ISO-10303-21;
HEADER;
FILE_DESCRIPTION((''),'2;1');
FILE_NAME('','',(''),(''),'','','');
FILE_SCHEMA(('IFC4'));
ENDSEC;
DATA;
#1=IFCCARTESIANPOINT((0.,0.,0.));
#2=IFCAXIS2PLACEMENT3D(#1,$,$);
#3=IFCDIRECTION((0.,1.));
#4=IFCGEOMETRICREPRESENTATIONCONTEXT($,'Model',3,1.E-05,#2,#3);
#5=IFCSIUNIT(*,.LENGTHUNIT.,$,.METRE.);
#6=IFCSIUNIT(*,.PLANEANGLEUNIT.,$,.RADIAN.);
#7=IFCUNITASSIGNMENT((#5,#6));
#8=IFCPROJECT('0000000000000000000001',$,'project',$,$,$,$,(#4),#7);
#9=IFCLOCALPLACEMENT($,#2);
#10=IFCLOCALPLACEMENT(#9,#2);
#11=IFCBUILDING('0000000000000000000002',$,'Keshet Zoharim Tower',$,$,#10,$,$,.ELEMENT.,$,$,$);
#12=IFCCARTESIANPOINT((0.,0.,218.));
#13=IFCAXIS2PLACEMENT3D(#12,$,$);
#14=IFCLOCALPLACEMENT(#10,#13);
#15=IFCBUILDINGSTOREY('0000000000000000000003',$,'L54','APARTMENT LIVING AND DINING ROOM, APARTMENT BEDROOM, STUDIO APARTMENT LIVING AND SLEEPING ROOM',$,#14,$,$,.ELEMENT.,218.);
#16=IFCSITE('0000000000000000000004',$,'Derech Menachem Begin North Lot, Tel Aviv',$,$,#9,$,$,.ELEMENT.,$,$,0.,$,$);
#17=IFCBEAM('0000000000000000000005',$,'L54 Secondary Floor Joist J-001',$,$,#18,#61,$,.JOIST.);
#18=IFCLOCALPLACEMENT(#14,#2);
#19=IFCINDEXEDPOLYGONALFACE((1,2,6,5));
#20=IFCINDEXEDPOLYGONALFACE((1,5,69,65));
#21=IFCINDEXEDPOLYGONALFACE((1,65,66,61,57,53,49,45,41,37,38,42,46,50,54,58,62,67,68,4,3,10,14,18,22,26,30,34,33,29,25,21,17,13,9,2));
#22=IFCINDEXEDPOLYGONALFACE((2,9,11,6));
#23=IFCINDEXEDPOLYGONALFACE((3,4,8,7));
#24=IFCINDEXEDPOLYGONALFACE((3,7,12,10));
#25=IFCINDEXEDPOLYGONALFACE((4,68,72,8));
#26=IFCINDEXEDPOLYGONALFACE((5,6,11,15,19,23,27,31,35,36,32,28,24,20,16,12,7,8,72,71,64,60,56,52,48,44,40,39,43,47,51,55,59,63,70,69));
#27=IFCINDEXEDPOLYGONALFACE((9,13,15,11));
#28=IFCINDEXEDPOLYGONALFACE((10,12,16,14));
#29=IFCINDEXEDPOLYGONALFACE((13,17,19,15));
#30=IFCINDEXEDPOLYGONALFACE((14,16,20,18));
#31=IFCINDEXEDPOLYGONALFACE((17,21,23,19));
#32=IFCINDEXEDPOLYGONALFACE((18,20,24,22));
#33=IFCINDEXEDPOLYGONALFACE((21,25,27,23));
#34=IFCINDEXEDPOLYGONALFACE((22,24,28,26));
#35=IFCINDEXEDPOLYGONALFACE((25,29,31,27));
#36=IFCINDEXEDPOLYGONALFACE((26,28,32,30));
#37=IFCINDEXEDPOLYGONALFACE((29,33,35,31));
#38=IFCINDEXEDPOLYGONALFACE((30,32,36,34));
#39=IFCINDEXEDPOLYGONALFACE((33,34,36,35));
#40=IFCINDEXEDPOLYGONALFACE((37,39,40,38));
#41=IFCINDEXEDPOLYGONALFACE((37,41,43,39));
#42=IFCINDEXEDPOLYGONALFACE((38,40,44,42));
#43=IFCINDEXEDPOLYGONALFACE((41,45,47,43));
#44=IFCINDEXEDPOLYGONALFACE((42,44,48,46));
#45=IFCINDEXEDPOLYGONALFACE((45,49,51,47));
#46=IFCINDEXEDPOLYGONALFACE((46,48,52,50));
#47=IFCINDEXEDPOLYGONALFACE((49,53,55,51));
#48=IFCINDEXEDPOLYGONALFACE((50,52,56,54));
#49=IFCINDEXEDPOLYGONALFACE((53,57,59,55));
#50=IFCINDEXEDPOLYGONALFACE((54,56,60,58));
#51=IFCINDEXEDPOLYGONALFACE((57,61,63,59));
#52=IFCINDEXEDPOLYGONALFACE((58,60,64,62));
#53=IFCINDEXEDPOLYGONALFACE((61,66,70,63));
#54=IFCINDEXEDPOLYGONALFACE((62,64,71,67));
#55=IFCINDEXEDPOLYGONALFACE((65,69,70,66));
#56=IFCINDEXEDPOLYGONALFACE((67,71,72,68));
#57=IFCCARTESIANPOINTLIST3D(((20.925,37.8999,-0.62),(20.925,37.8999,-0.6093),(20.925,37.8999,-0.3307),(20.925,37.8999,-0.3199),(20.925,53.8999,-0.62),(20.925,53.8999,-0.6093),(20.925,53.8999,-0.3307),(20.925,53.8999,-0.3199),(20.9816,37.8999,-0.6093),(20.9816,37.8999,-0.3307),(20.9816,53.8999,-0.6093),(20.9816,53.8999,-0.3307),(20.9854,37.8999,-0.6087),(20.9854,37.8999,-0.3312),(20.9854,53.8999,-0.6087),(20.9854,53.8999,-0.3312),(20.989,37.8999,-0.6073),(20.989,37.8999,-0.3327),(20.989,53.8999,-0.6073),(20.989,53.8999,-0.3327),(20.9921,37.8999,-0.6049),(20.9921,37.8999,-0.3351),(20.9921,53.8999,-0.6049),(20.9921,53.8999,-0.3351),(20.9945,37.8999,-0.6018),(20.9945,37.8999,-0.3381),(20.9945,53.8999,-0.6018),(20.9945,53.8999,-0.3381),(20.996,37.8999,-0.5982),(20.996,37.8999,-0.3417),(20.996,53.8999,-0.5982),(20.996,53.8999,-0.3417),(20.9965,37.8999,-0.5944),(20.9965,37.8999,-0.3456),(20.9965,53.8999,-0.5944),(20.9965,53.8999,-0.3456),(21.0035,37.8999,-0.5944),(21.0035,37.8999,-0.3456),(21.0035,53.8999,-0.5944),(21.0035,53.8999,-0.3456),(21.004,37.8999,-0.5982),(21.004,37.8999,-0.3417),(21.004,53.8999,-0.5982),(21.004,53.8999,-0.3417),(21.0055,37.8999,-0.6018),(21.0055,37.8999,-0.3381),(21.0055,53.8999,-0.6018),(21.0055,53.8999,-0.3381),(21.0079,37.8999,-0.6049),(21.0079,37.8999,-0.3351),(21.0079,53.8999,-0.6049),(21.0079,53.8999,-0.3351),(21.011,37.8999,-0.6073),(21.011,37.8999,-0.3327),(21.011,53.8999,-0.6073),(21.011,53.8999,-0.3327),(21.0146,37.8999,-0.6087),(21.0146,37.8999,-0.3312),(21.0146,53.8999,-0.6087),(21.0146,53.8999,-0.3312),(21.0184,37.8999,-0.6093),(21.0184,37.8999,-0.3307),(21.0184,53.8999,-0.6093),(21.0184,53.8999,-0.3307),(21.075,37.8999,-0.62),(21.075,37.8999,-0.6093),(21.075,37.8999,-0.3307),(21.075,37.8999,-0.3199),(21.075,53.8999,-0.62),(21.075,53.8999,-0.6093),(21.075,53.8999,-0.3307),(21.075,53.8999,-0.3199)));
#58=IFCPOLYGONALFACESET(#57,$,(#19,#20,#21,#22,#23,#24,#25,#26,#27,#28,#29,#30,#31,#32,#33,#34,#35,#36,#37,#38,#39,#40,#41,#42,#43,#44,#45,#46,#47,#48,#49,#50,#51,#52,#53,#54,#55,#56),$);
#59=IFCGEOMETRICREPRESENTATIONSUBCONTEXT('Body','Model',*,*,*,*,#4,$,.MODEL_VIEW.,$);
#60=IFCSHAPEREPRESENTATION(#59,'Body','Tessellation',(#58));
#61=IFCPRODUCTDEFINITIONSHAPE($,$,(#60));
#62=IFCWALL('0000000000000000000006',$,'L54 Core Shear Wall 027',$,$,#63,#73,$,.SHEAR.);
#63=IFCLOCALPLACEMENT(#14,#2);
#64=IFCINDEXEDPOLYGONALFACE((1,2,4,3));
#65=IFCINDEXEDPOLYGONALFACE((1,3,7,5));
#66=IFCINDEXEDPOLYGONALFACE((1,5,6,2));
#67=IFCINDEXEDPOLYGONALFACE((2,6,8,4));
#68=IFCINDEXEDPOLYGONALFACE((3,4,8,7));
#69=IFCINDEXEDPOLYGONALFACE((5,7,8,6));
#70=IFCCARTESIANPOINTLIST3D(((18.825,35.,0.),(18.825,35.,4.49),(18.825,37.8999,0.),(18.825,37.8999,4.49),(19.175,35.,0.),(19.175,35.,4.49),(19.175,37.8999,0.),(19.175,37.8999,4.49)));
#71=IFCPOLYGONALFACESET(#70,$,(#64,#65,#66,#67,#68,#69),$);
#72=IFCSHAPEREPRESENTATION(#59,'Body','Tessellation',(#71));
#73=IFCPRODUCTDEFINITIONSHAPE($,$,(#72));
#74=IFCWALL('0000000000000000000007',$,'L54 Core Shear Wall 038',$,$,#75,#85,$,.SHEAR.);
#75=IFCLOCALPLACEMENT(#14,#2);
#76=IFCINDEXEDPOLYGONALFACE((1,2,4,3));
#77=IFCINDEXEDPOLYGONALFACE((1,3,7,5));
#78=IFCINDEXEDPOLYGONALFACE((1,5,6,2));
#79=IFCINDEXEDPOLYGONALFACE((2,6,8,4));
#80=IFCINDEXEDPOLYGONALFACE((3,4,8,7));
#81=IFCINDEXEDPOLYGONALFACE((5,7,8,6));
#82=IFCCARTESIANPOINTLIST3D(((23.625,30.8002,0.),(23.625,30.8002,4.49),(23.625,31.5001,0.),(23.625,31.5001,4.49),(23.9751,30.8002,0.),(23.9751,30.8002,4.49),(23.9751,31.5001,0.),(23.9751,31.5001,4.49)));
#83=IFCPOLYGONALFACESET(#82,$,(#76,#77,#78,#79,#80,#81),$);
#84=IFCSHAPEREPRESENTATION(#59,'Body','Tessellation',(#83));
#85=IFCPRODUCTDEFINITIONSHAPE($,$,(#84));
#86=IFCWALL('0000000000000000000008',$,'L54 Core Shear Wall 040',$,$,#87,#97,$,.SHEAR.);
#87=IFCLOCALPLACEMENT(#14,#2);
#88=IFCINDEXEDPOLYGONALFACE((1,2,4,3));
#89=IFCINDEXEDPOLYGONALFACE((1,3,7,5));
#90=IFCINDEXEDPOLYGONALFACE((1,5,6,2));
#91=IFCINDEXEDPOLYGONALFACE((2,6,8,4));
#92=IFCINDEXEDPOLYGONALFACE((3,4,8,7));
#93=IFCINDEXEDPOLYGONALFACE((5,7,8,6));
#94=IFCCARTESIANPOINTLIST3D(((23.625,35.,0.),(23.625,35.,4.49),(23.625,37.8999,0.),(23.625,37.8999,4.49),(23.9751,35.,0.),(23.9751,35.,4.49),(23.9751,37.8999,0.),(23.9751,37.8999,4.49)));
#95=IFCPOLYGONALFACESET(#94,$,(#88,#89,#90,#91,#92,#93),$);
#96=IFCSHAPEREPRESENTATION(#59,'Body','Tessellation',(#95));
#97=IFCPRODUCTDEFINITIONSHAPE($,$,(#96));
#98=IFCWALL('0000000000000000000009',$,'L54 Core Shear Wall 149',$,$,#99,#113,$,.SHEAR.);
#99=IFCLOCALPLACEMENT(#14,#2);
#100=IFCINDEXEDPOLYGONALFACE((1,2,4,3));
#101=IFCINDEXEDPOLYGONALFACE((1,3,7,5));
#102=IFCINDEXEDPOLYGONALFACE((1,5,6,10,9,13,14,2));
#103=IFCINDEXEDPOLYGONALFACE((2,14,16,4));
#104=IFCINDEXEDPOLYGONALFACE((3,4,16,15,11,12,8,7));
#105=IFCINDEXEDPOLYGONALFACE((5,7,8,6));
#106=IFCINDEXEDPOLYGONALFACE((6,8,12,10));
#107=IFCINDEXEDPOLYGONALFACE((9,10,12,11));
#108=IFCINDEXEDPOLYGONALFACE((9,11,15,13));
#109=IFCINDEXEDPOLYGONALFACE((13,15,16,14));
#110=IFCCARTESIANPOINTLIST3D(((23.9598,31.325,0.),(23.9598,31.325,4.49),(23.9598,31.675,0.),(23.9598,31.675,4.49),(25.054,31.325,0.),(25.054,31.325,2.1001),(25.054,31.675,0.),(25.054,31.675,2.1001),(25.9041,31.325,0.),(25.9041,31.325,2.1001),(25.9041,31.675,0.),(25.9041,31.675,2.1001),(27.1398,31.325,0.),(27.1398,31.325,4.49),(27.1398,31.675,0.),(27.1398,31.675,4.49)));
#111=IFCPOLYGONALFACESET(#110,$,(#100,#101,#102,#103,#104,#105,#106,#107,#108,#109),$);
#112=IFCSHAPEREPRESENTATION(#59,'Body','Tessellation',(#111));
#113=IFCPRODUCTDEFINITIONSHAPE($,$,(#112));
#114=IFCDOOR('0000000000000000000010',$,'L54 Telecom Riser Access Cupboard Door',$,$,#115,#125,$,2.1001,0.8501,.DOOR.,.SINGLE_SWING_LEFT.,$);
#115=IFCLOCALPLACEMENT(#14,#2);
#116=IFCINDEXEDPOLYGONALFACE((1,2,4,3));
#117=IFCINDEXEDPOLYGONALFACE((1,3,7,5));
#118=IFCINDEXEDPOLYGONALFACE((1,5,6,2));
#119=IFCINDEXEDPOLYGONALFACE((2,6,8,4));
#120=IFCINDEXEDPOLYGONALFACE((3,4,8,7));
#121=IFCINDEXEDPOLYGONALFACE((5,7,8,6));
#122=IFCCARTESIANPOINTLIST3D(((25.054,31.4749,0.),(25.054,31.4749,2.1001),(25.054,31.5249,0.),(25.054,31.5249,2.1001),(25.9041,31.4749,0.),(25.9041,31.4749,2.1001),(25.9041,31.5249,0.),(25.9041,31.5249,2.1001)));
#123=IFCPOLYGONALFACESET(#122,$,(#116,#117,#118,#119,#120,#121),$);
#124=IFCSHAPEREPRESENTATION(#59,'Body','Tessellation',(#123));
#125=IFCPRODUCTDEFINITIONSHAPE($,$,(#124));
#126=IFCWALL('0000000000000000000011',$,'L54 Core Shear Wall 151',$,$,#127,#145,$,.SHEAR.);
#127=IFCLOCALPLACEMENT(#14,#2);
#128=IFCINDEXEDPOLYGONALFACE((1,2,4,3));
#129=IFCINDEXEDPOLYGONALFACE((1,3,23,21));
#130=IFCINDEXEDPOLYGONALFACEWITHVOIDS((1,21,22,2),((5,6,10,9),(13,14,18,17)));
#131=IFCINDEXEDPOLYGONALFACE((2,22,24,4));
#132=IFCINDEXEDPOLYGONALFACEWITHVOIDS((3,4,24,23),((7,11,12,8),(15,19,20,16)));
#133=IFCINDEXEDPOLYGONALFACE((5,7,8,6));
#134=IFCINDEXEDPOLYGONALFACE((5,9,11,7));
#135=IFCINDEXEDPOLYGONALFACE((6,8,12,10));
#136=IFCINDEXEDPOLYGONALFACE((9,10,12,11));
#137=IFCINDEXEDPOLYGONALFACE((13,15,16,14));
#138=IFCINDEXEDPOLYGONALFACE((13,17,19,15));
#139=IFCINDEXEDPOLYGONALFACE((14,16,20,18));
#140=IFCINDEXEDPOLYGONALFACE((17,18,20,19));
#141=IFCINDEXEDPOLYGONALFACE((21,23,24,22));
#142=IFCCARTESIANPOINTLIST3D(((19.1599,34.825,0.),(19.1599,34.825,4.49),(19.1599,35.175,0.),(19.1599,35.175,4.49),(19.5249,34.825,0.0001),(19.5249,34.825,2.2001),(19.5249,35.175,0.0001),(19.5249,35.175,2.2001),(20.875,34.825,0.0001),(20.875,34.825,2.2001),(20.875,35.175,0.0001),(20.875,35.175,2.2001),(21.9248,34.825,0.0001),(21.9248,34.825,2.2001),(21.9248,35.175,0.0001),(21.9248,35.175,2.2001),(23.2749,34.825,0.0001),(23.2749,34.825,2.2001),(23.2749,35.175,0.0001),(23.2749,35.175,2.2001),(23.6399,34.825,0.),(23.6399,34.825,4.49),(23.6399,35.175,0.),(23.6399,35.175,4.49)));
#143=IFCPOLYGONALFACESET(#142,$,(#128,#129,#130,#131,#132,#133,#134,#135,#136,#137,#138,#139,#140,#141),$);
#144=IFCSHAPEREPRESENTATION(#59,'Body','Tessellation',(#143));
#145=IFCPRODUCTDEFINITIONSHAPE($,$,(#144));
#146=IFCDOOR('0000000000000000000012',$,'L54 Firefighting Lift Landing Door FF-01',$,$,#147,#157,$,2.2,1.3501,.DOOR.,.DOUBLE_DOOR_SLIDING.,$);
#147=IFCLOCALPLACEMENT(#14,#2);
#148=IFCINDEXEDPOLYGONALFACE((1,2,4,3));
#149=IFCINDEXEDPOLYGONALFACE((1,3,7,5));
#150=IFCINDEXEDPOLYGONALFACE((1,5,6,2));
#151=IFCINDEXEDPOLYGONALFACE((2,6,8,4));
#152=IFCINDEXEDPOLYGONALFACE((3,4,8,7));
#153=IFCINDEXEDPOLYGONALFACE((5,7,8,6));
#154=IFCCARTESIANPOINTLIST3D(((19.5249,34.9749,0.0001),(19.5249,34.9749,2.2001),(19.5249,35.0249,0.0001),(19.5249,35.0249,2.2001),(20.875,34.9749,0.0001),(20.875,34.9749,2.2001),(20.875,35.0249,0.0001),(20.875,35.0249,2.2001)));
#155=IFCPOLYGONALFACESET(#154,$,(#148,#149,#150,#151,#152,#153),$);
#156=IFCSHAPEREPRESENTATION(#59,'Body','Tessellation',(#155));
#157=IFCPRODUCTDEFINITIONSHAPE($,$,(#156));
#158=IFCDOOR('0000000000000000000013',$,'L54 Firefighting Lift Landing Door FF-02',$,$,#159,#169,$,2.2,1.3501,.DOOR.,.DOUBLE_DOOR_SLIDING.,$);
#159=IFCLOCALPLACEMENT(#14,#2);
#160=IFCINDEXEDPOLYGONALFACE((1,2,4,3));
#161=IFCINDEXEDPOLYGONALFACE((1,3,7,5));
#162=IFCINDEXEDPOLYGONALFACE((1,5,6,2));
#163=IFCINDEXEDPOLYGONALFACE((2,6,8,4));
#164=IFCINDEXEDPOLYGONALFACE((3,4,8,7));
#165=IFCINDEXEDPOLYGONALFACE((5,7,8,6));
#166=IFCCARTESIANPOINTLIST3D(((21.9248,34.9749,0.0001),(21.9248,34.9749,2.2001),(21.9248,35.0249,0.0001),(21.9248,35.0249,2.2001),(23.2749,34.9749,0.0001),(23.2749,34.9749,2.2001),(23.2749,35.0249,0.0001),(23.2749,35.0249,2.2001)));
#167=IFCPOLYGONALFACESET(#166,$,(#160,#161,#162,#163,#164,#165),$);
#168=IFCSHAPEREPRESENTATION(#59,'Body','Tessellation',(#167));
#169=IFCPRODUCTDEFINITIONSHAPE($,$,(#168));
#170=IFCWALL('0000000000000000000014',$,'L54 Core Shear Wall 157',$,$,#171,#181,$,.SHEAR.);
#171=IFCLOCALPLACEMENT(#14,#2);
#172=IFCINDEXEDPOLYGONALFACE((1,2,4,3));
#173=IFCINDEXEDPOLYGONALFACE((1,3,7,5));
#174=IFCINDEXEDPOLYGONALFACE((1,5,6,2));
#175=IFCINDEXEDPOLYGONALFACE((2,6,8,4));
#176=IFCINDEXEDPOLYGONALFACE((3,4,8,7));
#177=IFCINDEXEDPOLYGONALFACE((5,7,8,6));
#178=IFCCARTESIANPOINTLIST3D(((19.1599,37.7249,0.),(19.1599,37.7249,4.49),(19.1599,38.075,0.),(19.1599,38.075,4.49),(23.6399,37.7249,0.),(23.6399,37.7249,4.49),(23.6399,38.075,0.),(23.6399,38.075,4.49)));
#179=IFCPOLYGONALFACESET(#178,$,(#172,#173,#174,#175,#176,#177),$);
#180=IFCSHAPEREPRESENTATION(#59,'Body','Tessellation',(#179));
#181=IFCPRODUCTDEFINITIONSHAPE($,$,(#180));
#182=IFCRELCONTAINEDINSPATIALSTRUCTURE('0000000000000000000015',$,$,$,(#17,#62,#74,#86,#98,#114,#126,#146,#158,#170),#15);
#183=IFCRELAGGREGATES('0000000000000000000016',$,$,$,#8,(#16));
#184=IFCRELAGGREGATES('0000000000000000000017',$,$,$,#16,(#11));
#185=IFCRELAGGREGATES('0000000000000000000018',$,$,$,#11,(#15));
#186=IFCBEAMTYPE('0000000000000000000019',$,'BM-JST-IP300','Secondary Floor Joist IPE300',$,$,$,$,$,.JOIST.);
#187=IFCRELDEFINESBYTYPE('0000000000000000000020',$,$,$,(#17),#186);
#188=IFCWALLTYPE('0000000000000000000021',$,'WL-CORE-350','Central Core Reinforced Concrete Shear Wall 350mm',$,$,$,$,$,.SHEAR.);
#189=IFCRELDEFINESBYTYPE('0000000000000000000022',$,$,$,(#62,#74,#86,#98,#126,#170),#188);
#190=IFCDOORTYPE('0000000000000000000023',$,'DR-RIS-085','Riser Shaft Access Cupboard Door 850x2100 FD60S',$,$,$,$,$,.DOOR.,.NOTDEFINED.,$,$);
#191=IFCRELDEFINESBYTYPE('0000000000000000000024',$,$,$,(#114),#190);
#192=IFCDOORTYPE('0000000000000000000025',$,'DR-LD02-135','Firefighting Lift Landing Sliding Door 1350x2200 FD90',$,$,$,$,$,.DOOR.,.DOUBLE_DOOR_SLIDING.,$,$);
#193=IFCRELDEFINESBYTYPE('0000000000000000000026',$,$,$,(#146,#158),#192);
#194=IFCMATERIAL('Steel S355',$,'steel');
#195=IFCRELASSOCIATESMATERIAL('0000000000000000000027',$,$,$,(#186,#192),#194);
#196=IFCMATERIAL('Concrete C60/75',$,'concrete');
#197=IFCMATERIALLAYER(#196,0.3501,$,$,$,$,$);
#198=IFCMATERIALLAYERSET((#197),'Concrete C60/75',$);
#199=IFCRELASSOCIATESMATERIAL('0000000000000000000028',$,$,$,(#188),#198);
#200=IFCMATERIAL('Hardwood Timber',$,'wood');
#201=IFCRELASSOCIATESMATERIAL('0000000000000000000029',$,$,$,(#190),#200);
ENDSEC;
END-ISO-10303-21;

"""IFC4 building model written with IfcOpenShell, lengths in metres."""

from ifc_helpers import new_model, si_unit, direction, frame, frame_2d, origin, origin_2d, place, context, subcontext, project, spatial, rectangle, i_section, extrude, material, layer, layer_set, material_profile, profile_set, type_object, element, fill, save


model = new_model("IFC4")

# Units and contexts
model_context = context("Model", 3, precision=1e-05, world=origin(), true_north=direction((0.0, 1.0)))
body_context = subcontext(model_context, "Body", "Model", "MODEL_VIEW")
ifc_project = project(units=[si_unit("LENGTHUNIT", "METRE"), si_unit("PLANEANGLEUNIT", "RADIAN")], contexts=[model_context])

# Site, building, storey
site_placement = place(None, origin())
site = spatial("IfcSite", under=ifc_project, at=site_placement, Name="Derech Menachem Begin North Lot, Tel Aviv", CompositionType="ELEMENT", RefElevation=0.0)
building_placement = place(site_placement, origin())
building = spatial("IfcBuilding", under=site, at=building_placement, Name="Keshet Zoharim Tower", CompositionType="ELEMENT")
storey_placement = place(building_placement, frame((0.0, 0.0, 218.0)))
storey = spatial("IfcBuildingStorey", under=building, at=storey_placement, Name="L54", Description="APARTMENT LIVING AND DINING ROOM, APARTMENT BEDROOM, STUDIO APARTMENT LIVING AND SLEEPING ROOM", CompositionType="ELEMENT", Elevation=218.0)

# Beam
ifc_material_1 = material(Name="Steel S355", Category="steel")
ifc_material_profile = material_profile(ifc_material_1, i_section(OverallWidth=0.1499, OverallDepth=0.3, WebThickness=0.0071, FlangeThickness=0.0107, FilletRadius=0.0149, at=origin_2d()), Name="IPE300")
ifc_profile_set = profile_set([ifc_material_profile], Name="Steel S355")
beam_type = type_object("IfcBeamType", Name="BM-JST-IP300", Description="Secondary Floor Joist IPE300", PredefinedType="JOIST", material=ifc_profile_set)
beam_placement = place(storey_placement, frame((21.0, 37.8999, -0.47), z_axis=(0.0, 1.0, 0.0), x_axis=(-1.0, 0.0, 0.0)))
element("IfcBeam", 1, at=beam_placement, inside=storey, type_object=beam_type, Name="L54 Secondary Floor Joist J-001", PredefinedType="JOIST", context=body_context, shape_type="SweptSolid", body=[
    extrude(i_section(OverallWidth=0.1499, OverallDepth=0.3, WebThickness=0.0071, FlangeThickness=0.0107, FilletRadius=0.0149, at=origin_2d()), origin(), (0.0, 0.0, 1.0), 16.0),
])

# Walls
ifc_material_2 = material(Name="Concrete C60/75", Category="concrete")
ifc_layer_1 = layer(ifc_material_2, 0.3501)
ifc_layer_set_1 = layer_set([ifc_layer_1], Name="Concrete C60/75")
wall_type_1 = type_object("IfcWallType", Name="WL-CORE-350", Description="Central Core Reinforced Concrete Shear Wall 350mm", PredefinedType="SHEAR", material=ifc_layer_set_1)
wall_1_placement = place(storey_placement, frame((19.0, 35.0, 0.0), z_axis=(0.0, 0.0, 1.0), x_axis=(0.0, 1.0, 0.0)))
element("IfcWall", 2, at=wall_1_placement, inside=storey, type_object=wall_type_1, Name="L54 Core Shear Wall 027", PredefinedType="SHEAR", context=body_context, shape_type="SweptSolid", body=[
    extrude(rectangle(XDim=2.8999, YDim=0.3501, at=frame_2d((1.45, 0.0))), origin(), (0.0, 0.0, 1.0), 4.49),
])
wall_2_placement = place(storey_placement, frame((23.8, 30.8, 0.0), z_axis=(0.0, 0.0, 1.0), x_axis=(0.0, 1.0, 0.0)))
element("IfcWall", 3, at=wall_2_placement, inside=storey, type_object=wall_type_1, Name="L54 Core Shear Wall 038", PredefinedType="SHEAR", context=body_context, shape_type="SweptSolid", body=[
    extrude(rectangle(XDim=0.7, YDim=0.3501, at=frame_2d((0.3501, 0.0))), origin(), (0.0, 0.0, 1.0), 4.49),
])

# Shared definitions
ifc_material_3 = material(Name="Hardwood Timber", Category="wood")

# Wall
wall_3_placement = place(storey_placement, frame((23.8, 35.0, 0.0), z_axis=(0.0, 0.0, 1.0), x_axis=(0.0, 1.0, 0.0)))
element("IfcWall", 4, at=wall_3_placement, inside=storey, type_object=wall_type_1, Name="L54 Core Shear Wall 040", PredefinedType="SHEAR", context=body_context, shape_type="SweptSolid", body=[
    extrude(rectangle(XDim=2.8999, YDim=0.3501, at=frame_2d((1.45, 0.0))), origin(), (0.0, 0.0, 1.0), 4.49),
])

# Wall, opening, door
wall_4_placement = place(storey_placement, frame((23.96, 31.5, 0.0), z_axis=(0.0, 0.0, 1.0), x_axis=(1.0, 0.0, 0.0)))
wall_4 = element("IfcWall", 5, at=wall_4_placement, inside=storey, type_object=wall_type_1, Name="L54 Core Shear Wall 149", PredefinedType="SHEAR", context=body_context, shape_type="SweptSolid", body=[
    extrude(rectangle(XDim=3.1799, YDim=0.3501, at=frame_2d((1.5898, 0.0))), origin(), (0.0, 0.0, 1.0), 4.49),
])
opening_1_placement = place(wall_4_placement, frame((1.094, 0.0, 0.0)))
opening_1 = element("IfcOpeningElement", 6, at=opening_1_placement, cuts=wall_4, PredefinedType="OPENING", context=body_context, shape_type="SweptSolid", body=[
    extrude(rectangle(XDim=0.8501, YDim=2.1001, at=frame_2d((0.425, 1.05))), frame((0.0, 0.1851, 0.0), z_axis=(0.0, -1.0, 0.0), x_axis=(1.0, 0.0, 0.0)), (0.0, 0.0, 1.0), 0.3701),
])
door_type_1 = type_object("IfcDoorType", Name="DR-RIS-085", Description="Riser Shaft Access Cupboard Door 850x2100 FD60S", OperationType="NOTDEFINED", PredefinedType="DOOR", material=ifc_material_3)
door_1_placement = place(opening_1_placement, origin())
door_1 = element("IfcDoor", 7, at=door_1_placement, inside=storey, type_object=door_type_1, Name="L54 Telecom Riser Access Cupboard Door", OperationType="SINGLE_SWING_LEFT", OverallHeight=2.1001, OverallWidth=0.8501, PredefinedType="DOOR", context=body_context, shape_type="SweptSolid", body=[
    extrude(rectangle(XDim=0.8501, YDim=2.1001, at=frame_2d((0.425, 1.05))), frame((0.0, 0.0249, 0.0), z_axis=(0.0, -1.0, 0.0), x_axis=(1.0, 0.0, 0.0)), (0.0, 0.0, 1.0), 0.05),
])
fill(opening_1, door_1)

# Wall, openings, doors
wall_5_placement = place(storey_placement, frame((19.1599, 35.0, 0.0), z_axis=(0.0, 0.0, 1.0), x_axis=(1.0, 0.0, 0.0)))
wall_5 = element("IfcWall", 8, at=wall_5_placement, inside=storey, type_object=wall_type_1, Name="L54 Core Shear Wall 151", PredefinedType="SHEAR", context=body_context, shape_type="SweptSolid", body=[
    extrude(rectangle(XDim=4.48, YDim=0.3501, at=frame_2d((2.24, 0.0))), origin(), (0.0, 0.0, 1.0), 4.49),
])
opening_2_placement = place(wall_5_placement, frame((0.365, 0.0, 0.0)))
opening_2 = element("IfcOpeningElement", 9, at=opening_2_placement, cuts=wall_5, PredefinedType="OPENING", context=body_context, shape_type="SweptSolid", body=[
    extrude(rectangle(XDim=1.3501, YDim=2.2, at=frame_2d((0.675, 1.1001))), frame((0.0, 0.1851, 0.0), z_axis=(0.0, -1.0, 0.0), x_axis=(1.0, 0.0, 0.0)), (0.0, 0.0, 1.0), 0.3701),
])
opening_3_placement = place(wall_5_placement, frame((2.7649, 0.0, 0.0)))
opening_3 = element("IfcOpeningElement", 10, at=opening_3_placement, cuts=wall_5, PredefinedType="OPENING", context=body_context, shape_type="SweptSolid", body=[
    extrude(rectangle(XDim=1.3501, YDim=2.2, at=frame_2d((0.675, 1.1001))), frame((0.0, 0.1851, 0.0), z_axis=(0.0, -1.0, 0.0), x_axis=(1.0, 0.0, 0.0)), (0.0, 0.0, 1.0), 0.3701),
])
door_type_2 = type_object("IfcDoorType", Name="DR-LD02-135", Description="Firefighting Lift Landing Sliding Door 1350x2200 FD90", OperationType="DOUBLE_DOOR_SLIDING", PredefinedType="DOOR", material=ifc_material_1)
door_2_placement = place(opening_2_placement, origin())
door_2 = element("IfcDoor", 11, at=door_2_placement, inside=storey, type_object=door_type_2, Name="L54 Firefighting Lift Landing Door FF-01", OperationType="DOUBLE_DOOR_SLIDING", OverallHeight=2.2, OverallWidth=1.3501, PredefinedType="DOOR", context=body_context, shape_type="SweptSolid", body=[
    extrude(rectangle(XDim=1.3501, YDim=2.2, at=frame_2d((0.675, 1.1001))), frame((0.0, 0.0249, 0.0), z_axis=(0.0, -1.0, 0.0), x_axis=(1.0, 0.0, 0.0)), (0.0, 0.0, 1.0), 0.05),
])
fill(opening_2, door_2)
door_3_placement = place(opening_3_placement, origin())
door_3 = element("IfcDoor", 12, at=door_3_placement, inside=storey, type_object=door_type_2, Name="L54 Firefighting Lift Landing Door FF-02", OperationType="DOUBLE_DOOR_SLIDING", OverallHeight=2.2, OverallWidth=1.3501, PredefinedType="DOOR", context=body_context, shape_type="SweptSolid", body=[
    extrude(rectangle(XDim=1.3501, YDim=2.2, at=frame_2d((0.675, 1.1001))), frame((0.0, 0.0249, 0.0), z_axis=(0.0, -1.0, 0.0), x_axis=(1.0, 0.0, 0.0)), (0.0, 0.0, 1.0), 0.05),
])
fill(opening_3, door_3)

# Wall
wall_6_placement = place(storey_placement, frame((19.1599, 37.8999, 0.0), z_axis=(0.0, 0.0, 1.0), x_axis=(1.0, 0.0, 0.0)))
element("IfcWall", 13, at=wall_6_placement, inside=storey, type_object=wall_type_1, Name="L54 Core Shear Wall 157", PredefinedType="SHEAR", context=body_context, shape_type="SweptSolid", body=[
    extrude(rectangle(XDim=4.48, YDim=0.3501, at=frame_2d((2.24, 0.0))), origin(), (0.0, 0.0, 1.0), 4.49),
])

save(model, "model.ifc")
